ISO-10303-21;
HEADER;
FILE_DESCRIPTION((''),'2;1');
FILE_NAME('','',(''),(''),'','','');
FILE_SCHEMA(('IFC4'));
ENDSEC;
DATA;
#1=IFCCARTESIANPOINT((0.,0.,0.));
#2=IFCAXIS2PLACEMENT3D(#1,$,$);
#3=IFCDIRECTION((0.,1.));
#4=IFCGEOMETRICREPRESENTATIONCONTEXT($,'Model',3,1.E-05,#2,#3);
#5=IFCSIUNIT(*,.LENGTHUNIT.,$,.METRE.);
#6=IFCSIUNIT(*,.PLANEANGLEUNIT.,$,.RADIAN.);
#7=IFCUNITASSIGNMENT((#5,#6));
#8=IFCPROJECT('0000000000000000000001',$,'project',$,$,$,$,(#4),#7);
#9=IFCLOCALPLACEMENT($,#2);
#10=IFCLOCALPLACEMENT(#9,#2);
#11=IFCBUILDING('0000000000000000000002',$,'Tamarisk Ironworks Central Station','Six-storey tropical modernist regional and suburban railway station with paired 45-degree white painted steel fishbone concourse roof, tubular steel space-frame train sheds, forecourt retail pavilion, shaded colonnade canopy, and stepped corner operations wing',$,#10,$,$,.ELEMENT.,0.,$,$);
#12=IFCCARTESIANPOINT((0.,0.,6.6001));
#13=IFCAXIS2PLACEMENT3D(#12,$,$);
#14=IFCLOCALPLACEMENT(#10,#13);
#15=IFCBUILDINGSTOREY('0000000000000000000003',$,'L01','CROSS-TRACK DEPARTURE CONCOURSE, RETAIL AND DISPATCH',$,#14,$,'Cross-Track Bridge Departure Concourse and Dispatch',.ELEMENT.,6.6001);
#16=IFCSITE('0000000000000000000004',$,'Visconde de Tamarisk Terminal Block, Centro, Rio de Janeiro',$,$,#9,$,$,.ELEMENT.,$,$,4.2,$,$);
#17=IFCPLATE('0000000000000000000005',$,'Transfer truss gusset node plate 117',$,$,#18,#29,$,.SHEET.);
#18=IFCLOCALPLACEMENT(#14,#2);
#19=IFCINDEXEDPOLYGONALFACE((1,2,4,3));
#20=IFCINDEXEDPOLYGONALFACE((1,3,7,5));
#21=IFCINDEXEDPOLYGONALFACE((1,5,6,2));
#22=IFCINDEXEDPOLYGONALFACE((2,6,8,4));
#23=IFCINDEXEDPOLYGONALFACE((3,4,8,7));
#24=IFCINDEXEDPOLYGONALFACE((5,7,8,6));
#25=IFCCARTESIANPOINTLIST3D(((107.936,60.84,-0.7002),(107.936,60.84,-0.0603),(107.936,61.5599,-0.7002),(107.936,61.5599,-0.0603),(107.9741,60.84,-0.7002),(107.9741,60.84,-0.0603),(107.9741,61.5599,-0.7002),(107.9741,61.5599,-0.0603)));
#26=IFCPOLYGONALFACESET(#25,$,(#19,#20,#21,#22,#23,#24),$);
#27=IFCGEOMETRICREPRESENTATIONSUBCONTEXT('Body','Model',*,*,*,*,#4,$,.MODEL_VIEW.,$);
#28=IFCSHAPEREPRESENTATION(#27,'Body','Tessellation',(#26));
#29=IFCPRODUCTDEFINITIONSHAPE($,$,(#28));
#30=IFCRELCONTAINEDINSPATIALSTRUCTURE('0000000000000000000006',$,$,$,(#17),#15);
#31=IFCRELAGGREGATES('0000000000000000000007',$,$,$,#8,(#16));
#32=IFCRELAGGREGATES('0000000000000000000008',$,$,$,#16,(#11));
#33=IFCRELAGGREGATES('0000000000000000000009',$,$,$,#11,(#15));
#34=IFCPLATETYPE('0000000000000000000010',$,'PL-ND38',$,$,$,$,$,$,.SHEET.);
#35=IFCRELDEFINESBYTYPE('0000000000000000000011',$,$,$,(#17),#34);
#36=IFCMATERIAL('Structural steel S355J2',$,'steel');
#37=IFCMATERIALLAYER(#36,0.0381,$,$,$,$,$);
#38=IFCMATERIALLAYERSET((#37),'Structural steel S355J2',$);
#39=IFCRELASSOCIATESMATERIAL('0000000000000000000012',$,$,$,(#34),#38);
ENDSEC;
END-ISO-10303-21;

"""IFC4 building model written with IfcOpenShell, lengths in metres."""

from ifc_helpers import new_model, si_unit, direction, frame, origin, origin_2d, place, context, subcontext, project, spatial, rectangle, extrude, material, layer, layer_set, type_object, element, save


model = new_model("IFC4")

# Units and contexts
model_context = context("Model", 3, precision=1e-05, world=origin(), true_north=direction((0.0, 1.0)))
body_context = subcontext(model_context, "Body", "Model", "MODEL_VIEW")
ifc_project = project(units=[si_unit("LENGTHUNIT", "METRE"), si_unit("PLANEANGLEUNIT", "RADIAN")], contexts=[model_context])

# Site, building, storey
site_placement = place(None, origin())
site = spatial("IfcSite", under=ifc_project, at=site_placement, Name="Visconde de Tamarisk Terminal Block, Centro, Rio de Janeiro", CompositionType="ELEMENT", RefElevation=4.2)
building_placement = place(site_placement, origin())
building = spatial("IfcBuilding", under=site, at=building_placement, Name="Tamarisk Ironworks Central Station", Description="Six-storey tropical modernist regional and suburban railway station with paired 45-degree white painted steel fishbone concourse roof, tubular steel space-frame train sheds, forecourt retail pavilion, shaded colonnade canopy, and stepped corner operations wing", CompositionType="ELEMENT", ElevationOfRefHeight=0.0)
storey_placement = place(building_placement, frame((0.0, 0.0, 6.6001)))
storey = spatial("IfcBuildingStorey", under=building, at=storey_placement, Name="L01", Description="CROSS-TRACK DEPARTURE CONCOURSE, RETAIL AND DISPATCH", LongName="Cross-Track Bridge Departure Concourse and Dispatch", CompositionType="ELEMENT", Elevation=6.6001)

# Shared definitions
ifc_material_1 = material(Name="Structural steel S355J2", Category="steel")

# Plate
ifc_layer_1 = layer(ifc_material_1, 0.0381)
ifc_layer_set_1 = layer_set([ifc_layer_1], Name="Structural steel S355J2")
plate_type_1 = type_object("IfcPlateType", Name="PL-ND38", PredefinedType="SHEET", material=ifc_layer_set_1)
for number, where, z_axis, x_axis, name in (
    (1, (107.9551, 61.2, -0.7002), (0.0, 0.0, 1.0), (1.0, 0.0, 0.0), "Transfer truss gusset node plate 117"),
):
    element("IfcPlate", number, at=place(storey_placement, frame(where, z_axis=z_axis, x_axis=x_axis)), inside=storey, type_object=plate_type_1, Name=name, PredefinedType="SHEET", context=body_context, shape_type="SweptSolid", body=[
        extrude(rectangle(XDim=0.0381, YDim=0.72, at=origin_2d()), origin(), (0.0, 0.0, 1.0), 0.6399),
    ])

save(model, "model.ifc")
